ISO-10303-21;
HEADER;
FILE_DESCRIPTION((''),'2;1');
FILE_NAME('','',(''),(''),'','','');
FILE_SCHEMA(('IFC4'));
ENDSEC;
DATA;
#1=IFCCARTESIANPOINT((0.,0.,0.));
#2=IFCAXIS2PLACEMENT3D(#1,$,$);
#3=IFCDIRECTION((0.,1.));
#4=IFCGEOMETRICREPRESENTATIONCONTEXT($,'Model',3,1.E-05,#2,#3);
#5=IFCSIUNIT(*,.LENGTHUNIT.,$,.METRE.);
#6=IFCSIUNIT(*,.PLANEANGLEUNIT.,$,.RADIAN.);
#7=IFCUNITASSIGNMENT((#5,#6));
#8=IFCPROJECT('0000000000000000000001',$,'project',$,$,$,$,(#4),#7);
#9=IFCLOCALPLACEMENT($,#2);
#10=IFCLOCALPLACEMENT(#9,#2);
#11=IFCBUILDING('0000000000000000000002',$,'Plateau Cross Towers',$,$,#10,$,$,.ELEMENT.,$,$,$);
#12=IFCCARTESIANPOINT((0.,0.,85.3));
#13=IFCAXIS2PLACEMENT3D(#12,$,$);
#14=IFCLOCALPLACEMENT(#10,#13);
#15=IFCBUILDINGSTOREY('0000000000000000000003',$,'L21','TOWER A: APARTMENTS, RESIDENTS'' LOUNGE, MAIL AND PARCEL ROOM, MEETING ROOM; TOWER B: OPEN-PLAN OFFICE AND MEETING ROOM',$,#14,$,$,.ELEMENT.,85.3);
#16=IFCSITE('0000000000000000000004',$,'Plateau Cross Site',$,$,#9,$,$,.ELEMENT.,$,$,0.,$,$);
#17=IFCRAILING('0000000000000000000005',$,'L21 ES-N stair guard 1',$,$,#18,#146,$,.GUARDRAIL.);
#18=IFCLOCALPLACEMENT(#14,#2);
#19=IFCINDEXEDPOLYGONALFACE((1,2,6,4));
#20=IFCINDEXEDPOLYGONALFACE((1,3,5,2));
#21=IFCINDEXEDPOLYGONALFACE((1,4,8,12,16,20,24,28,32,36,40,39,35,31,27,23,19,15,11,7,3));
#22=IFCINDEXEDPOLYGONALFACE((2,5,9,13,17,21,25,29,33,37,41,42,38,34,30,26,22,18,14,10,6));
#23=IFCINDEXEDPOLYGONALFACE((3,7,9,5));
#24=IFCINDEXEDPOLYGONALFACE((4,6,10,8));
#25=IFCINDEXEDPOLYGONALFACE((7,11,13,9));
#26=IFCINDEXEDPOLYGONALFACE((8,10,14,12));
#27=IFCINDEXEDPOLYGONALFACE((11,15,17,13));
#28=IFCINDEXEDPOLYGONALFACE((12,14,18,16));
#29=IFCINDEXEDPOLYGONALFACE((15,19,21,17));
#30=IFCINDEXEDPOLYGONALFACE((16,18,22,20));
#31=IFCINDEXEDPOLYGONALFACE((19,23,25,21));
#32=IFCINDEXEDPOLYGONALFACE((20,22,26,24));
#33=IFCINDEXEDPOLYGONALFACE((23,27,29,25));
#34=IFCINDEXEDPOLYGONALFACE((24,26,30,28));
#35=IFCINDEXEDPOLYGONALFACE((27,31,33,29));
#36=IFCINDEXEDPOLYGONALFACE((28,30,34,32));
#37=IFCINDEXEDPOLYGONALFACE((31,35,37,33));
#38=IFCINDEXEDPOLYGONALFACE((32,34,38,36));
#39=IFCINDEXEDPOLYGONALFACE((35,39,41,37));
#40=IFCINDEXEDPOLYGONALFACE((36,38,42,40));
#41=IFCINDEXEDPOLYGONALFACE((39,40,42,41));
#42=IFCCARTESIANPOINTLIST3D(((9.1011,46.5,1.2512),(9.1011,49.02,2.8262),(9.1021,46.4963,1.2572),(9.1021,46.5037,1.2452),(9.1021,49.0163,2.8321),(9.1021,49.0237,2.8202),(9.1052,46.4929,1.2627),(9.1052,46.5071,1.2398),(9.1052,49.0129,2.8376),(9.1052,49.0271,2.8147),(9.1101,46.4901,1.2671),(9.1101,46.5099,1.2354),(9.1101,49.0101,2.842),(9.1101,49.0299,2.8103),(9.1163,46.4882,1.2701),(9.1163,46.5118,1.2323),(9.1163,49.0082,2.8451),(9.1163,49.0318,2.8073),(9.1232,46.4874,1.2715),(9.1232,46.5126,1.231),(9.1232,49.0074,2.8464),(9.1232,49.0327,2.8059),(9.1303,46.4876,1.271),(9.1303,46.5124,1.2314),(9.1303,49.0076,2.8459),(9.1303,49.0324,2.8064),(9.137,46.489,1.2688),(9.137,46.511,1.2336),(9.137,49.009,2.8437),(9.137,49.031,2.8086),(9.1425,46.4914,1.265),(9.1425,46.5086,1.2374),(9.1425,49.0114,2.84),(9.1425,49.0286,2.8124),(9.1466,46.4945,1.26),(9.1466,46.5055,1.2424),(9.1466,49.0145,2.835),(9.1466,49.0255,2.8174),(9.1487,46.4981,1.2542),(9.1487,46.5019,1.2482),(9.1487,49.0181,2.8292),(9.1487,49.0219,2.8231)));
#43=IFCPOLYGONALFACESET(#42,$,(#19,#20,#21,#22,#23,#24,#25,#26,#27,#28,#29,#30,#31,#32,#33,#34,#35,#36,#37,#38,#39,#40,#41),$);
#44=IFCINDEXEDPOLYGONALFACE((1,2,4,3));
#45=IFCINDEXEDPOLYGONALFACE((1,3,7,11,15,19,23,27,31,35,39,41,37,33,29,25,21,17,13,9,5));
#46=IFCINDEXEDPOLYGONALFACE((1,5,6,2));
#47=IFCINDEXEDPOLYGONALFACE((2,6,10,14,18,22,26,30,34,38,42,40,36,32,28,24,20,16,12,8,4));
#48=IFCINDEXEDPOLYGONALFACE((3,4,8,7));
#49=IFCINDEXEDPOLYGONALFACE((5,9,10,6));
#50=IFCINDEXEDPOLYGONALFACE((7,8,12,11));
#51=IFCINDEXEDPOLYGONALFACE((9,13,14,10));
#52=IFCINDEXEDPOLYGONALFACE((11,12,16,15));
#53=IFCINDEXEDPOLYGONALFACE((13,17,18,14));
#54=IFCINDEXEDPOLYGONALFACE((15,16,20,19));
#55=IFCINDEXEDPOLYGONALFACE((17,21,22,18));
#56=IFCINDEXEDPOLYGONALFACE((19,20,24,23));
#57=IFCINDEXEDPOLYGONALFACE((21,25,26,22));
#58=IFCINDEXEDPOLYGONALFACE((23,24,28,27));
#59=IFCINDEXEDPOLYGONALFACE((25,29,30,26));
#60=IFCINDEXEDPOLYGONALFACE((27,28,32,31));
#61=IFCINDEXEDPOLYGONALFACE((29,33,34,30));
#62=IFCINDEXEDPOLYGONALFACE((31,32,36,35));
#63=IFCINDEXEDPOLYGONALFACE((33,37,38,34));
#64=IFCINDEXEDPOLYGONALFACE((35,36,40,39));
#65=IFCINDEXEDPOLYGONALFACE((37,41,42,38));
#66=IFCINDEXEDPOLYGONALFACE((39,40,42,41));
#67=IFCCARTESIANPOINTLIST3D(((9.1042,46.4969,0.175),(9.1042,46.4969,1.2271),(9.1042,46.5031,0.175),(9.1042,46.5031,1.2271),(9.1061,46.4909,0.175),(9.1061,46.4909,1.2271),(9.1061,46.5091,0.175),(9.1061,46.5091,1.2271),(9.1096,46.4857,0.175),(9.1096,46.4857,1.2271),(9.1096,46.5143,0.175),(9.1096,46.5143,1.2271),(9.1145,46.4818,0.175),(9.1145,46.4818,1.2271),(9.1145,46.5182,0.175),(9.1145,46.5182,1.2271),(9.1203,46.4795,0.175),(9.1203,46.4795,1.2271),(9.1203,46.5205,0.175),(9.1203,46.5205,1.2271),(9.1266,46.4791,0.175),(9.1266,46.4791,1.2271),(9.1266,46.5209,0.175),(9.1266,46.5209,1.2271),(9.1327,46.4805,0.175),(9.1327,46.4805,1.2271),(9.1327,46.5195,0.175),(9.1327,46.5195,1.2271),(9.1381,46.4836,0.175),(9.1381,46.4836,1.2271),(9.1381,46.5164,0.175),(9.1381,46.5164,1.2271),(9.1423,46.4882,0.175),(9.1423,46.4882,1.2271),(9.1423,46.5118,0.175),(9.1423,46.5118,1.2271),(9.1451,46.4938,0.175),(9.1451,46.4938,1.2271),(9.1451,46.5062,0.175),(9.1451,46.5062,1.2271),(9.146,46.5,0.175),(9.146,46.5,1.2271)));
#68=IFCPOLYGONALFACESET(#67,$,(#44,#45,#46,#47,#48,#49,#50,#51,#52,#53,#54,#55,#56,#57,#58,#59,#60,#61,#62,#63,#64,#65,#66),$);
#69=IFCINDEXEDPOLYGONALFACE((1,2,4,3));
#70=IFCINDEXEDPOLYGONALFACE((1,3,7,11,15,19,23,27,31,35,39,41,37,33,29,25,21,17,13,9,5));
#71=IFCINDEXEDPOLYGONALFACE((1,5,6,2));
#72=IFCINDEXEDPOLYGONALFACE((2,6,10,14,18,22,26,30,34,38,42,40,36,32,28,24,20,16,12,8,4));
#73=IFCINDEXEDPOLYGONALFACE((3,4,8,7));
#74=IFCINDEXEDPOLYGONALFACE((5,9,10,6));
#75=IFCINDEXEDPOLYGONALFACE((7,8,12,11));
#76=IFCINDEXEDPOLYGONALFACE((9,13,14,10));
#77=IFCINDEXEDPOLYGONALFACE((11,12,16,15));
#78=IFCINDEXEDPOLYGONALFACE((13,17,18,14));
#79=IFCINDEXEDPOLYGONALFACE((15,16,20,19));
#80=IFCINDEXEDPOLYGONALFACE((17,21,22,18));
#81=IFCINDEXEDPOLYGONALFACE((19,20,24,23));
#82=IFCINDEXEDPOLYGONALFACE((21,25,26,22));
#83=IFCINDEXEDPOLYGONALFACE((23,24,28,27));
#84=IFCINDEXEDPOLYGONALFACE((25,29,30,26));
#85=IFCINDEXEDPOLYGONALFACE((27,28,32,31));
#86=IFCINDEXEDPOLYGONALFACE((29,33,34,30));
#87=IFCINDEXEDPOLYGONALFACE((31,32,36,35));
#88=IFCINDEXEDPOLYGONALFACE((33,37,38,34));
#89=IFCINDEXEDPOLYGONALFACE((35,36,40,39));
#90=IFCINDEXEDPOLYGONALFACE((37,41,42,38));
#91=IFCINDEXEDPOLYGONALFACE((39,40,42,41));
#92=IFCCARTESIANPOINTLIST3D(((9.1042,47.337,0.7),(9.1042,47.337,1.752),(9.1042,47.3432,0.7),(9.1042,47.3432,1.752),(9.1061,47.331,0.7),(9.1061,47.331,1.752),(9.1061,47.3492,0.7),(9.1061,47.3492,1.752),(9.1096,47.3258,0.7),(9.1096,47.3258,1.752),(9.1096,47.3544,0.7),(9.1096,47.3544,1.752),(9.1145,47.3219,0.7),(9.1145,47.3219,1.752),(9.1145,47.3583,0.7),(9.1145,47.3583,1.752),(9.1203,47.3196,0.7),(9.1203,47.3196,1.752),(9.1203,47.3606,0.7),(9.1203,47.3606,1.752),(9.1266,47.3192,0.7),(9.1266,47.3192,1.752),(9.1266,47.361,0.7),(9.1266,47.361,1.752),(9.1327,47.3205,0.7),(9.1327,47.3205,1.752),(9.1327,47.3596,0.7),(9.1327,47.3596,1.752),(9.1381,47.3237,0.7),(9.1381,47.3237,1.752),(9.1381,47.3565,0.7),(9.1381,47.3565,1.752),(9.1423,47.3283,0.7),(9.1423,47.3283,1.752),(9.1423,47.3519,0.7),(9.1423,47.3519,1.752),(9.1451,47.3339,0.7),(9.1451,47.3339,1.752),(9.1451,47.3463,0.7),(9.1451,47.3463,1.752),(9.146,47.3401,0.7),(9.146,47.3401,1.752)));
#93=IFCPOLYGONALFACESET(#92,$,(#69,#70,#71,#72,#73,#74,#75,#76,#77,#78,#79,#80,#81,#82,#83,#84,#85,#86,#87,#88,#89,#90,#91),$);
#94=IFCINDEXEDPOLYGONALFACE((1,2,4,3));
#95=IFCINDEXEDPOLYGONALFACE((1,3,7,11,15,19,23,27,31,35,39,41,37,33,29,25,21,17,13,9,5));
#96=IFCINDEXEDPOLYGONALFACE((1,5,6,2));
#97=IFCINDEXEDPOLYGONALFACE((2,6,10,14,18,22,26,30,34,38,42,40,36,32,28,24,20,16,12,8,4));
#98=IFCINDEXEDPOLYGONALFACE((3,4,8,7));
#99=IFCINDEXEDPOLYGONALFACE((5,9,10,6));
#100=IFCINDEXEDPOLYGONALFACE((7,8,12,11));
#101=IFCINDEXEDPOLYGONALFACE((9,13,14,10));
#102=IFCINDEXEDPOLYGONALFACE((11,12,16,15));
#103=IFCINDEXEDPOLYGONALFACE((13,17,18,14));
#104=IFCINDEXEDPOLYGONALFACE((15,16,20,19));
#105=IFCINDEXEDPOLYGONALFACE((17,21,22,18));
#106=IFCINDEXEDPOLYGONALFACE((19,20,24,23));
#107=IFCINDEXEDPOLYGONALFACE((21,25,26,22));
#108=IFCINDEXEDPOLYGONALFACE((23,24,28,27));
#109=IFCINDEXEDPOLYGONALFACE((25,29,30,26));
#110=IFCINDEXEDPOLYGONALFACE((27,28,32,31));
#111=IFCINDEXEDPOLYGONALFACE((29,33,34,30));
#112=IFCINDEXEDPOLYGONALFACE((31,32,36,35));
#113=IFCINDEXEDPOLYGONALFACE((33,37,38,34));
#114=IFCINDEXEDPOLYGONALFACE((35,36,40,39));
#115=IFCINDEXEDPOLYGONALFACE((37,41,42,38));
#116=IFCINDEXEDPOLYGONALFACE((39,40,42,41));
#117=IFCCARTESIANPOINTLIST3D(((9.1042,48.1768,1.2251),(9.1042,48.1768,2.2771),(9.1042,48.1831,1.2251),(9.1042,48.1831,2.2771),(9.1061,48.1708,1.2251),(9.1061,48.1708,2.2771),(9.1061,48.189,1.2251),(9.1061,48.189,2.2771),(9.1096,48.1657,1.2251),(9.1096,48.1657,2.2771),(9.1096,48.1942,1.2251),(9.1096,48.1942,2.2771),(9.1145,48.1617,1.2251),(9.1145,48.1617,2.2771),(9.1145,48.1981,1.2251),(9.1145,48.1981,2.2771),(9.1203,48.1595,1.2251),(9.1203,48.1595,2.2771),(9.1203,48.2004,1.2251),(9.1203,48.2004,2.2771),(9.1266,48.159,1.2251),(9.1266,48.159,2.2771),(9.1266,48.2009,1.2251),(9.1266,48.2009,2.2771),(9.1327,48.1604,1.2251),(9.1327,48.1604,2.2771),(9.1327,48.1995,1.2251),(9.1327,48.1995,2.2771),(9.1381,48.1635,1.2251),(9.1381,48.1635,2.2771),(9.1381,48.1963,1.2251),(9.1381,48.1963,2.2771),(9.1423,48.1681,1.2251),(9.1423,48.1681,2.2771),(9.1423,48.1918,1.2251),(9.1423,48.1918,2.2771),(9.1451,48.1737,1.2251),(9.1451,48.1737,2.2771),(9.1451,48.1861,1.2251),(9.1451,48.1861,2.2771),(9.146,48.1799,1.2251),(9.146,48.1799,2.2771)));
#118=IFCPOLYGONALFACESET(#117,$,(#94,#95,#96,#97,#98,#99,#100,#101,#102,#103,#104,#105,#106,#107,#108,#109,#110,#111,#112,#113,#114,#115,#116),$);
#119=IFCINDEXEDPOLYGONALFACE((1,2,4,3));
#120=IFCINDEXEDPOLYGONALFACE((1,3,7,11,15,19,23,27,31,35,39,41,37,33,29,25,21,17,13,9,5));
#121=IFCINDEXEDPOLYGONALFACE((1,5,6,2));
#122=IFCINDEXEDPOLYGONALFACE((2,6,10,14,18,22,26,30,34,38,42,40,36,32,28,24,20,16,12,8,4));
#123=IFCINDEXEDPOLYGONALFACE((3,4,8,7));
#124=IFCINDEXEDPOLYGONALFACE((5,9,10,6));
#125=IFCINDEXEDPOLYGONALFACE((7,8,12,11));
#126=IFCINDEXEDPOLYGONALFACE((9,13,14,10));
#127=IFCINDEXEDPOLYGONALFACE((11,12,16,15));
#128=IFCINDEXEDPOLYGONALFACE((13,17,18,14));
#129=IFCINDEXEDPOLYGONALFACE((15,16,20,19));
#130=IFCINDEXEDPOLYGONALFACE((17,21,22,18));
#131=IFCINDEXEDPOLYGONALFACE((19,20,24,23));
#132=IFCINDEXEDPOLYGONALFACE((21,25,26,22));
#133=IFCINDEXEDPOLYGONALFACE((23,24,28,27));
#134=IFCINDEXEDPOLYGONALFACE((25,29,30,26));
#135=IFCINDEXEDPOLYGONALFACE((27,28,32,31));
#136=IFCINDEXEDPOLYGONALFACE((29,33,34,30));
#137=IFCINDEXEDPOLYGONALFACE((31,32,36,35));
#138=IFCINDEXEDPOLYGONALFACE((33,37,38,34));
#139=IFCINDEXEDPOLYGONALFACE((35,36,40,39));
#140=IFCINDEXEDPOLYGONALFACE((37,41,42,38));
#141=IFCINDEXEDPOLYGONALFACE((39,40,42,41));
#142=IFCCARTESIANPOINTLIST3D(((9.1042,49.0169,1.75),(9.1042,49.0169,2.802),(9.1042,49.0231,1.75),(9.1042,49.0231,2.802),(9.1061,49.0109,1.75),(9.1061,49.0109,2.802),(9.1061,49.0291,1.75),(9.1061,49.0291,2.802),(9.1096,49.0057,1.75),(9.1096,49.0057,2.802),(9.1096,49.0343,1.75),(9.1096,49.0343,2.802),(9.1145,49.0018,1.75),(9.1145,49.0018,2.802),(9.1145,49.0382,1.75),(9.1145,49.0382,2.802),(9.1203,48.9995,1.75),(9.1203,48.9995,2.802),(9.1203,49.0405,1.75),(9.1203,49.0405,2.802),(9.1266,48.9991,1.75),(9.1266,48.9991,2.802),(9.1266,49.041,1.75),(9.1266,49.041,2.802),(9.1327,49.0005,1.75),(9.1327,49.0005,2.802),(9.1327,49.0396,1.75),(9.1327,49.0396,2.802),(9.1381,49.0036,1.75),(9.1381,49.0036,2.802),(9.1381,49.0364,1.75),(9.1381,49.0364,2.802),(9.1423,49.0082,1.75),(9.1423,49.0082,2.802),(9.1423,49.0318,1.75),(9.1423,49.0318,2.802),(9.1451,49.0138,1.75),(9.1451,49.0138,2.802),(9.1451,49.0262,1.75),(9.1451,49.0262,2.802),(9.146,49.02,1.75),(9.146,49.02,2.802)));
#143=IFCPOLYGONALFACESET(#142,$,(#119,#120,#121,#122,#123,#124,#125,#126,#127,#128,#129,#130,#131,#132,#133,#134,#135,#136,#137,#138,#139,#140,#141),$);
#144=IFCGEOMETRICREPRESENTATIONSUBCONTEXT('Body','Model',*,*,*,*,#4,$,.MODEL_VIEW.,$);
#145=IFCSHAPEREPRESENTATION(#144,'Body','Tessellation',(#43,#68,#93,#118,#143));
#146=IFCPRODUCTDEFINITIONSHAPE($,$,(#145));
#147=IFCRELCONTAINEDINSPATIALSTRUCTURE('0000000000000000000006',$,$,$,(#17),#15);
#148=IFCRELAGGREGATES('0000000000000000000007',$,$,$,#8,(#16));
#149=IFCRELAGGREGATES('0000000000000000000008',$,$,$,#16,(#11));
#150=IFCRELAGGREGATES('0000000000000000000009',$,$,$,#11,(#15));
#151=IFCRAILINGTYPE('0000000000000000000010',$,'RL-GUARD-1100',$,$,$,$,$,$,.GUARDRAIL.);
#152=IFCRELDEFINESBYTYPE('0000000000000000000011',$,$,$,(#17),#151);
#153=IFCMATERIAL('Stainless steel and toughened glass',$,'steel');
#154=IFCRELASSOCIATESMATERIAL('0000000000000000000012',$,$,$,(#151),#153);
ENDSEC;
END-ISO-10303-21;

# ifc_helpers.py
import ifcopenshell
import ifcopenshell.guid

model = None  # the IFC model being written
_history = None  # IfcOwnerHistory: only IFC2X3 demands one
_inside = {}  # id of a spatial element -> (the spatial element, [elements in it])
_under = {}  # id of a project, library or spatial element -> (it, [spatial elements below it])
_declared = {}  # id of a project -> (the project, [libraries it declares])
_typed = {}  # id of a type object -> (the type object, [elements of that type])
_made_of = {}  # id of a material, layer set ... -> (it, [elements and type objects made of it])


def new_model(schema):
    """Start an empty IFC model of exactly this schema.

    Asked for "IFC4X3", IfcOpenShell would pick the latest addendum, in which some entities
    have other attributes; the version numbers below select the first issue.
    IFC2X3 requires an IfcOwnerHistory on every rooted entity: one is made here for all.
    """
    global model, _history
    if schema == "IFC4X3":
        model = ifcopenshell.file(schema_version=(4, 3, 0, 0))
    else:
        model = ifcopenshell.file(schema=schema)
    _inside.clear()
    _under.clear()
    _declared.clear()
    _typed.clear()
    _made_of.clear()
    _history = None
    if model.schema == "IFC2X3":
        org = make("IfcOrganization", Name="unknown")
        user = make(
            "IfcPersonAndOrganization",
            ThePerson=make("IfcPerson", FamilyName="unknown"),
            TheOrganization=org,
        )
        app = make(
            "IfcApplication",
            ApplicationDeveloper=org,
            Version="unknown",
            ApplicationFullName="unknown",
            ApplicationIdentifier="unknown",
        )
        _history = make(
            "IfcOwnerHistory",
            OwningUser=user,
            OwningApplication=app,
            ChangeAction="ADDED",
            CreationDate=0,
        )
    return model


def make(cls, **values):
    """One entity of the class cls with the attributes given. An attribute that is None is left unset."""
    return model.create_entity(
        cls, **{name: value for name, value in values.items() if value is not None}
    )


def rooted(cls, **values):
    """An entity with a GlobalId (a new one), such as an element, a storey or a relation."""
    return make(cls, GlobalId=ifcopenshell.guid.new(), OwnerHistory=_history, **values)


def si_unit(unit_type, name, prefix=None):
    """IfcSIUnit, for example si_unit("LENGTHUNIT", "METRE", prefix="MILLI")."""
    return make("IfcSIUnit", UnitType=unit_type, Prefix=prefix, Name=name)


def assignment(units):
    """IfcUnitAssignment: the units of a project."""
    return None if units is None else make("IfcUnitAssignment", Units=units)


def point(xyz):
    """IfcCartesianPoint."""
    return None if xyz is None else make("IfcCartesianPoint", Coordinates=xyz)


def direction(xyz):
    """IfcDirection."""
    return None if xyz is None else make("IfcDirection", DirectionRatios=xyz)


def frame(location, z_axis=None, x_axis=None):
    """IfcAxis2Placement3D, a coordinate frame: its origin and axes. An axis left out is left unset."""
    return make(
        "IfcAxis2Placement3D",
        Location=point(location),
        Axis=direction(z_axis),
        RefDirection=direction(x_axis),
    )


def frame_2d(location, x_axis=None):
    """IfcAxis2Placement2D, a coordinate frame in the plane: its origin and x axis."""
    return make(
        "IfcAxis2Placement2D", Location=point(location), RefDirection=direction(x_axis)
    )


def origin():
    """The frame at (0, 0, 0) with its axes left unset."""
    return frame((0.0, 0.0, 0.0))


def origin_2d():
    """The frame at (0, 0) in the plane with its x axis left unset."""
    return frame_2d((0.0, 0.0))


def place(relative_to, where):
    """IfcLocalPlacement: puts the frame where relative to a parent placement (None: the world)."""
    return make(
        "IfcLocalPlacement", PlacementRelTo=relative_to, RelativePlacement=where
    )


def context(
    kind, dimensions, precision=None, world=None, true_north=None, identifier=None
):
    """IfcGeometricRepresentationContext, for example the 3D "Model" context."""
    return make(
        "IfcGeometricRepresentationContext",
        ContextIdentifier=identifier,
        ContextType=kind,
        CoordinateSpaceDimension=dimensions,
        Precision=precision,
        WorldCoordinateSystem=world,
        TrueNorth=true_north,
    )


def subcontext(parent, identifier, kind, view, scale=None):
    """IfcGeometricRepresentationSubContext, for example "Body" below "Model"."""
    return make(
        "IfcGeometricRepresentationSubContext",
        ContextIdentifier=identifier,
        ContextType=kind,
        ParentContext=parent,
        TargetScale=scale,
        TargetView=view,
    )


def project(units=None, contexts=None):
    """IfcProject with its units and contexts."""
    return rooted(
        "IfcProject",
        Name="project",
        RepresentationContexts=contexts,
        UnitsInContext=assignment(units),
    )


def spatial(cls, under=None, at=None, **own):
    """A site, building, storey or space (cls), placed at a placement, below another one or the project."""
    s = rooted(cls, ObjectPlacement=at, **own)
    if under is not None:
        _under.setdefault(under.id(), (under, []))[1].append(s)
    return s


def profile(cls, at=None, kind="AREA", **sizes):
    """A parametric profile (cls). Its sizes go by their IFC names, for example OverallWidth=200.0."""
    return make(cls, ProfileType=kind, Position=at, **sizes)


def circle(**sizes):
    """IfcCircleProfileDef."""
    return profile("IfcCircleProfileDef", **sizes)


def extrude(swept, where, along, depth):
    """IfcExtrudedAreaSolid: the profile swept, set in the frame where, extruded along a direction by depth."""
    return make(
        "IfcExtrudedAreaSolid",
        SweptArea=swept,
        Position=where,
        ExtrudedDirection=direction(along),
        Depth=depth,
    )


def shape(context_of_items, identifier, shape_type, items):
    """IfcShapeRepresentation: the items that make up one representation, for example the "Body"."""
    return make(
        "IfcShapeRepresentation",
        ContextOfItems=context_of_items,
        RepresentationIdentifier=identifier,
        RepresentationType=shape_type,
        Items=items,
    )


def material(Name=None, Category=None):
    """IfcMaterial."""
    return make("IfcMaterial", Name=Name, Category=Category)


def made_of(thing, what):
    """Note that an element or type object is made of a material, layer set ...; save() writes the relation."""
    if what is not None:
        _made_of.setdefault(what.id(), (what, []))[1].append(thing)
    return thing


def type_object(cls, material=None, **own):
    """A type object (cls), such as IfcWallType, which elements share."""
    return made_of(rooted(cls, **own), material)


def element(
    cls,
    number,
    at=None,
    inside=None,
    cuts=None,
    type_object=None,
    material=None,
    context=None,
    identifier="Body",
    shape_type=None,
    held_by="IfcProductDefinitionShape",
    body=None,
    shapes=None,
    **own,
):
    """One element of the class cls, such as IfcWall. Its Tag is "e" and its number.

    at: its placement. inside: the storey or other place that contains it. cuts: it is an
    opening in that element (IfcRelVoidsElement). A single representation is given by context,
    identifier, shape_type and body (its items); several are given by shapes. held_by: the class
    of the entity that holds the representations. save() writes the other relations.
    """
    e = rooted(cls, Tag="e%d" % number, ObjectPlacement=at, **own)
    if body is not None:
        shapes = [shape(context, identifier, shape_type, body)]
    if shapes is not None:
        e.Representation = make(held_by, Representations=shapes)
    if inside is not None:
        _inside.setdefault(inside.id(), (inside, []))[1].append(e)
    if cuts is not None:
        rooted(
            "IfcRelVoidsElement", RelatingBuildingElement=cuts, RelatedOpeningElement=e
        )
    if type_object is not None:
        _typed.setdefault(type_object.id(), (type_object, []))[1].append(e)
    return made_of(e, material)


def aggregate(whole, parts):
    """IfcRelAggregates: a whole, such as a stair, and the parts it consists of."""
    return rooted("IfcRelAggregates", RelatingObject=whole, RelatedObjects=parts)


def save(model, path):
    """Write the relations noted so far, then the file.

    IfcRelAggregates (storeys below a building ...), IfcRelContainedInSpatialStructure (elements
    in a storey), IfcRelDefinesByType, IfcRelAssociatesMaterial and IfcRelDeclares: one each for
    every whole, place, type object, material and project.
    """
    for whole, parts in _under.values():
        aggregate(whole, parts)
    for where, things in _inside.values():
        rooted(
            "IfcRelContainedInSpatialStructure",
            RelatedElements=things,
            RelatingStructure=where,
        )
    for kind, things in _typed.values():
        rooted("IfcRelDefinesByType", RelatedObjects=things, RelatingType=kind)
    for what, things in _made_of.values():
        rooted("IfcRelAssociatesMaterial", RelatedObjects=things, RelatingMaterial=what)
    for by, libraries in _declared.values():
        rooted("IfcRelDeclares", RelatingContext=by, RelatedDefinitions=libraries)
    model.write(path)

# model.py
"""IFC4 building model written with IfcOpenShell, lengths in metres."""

from ifc_helpers import new_model, si_unit, direction, frame, origin, origin_2d, place, context, subcontext, project, spatial, circle, extrude, material, type_object, element, save


model = new_model("IFC4")

# Units and contexts
model_context = context("Model", 3, precision=1e-05, world=origin(), true_north=direction((0.0, 1.0)))
body_context = subcontext(model_context, "Body", "Model", "MODEL_VIEW")
ifc_project = project(units=[si_unit("LENGTHUNIT", "METRE"), si_unit("PLANEANGLEUNIT", "RADIAN")], contexts=[model_context])

# Site, building, storey
site_placement = place(None, origin())
site = spatial("IfcSite", under=ifc_project, at=site_placement, Name="Plateau Cross Site", CompositionType="ELEMENT", RefElevation=0.0)
building_placement = place(site_placement, origin())
building = spatial("IfcBuilding", under=site, at=building_placement, Name="Plateau Cross Towers", CompositionType="ELEMENT")
storey_placement = place(building_placement, frame((0.0, 0.0, 85.3)))
storey = spatial("IfcBuildingStorey", under=building, at=storey_placement, Name="L21", Description="TOWER A: APARTMENTS, RESIDENTS' LOUNGE, MAIL AND PARCEL ROOM, MEETING ROOM; TOWER B: OPEN-PLAN OFFICE AND MEETING ROOM", CompositionType="ELEMENT", Elevation=85.3)

# Railing
ifc_material_1 = material(Name="Stainless steel and toughened glass", Category="steel")
railing_type_1 = type_object("IfcRailingType", Name="RL-GUARD-1100", PredefinedType="GUARDRAIL", material=ifc_material_1)
railing_1_placement = place(storey_placement, frame((9.125, 46.5, 0.175)))
element("IfcRailing", 1, at=railing_1_placement, inside=storey, type_object=railing_type_1, Name="L21 ES-N stair guard 1", PredefinedType="GUARDRAIL", context=body_context, shape_type="SweptSolid", body=[
    extrude(circle(Radius=0.0239, at=origin_2d()), frame((0.0, 0.0, 1.0762), z_axis=(0.0, 0.848008, 0.529984), x_axis=(-1.0, 0.0, 0.0)), (0.0, 0.0, 1.0), 2.9717),
    extrude(circle(Radius=0.021, at=origin_2d()), origin(), (0.0, 0.0, 1.0), 1.052),
    extrude(circle(Radius=0.021, at=origin_2d()), frame((0.0, 0.8401, 0.5249)), (0.0, 0.0, 1.0), 1.052),
    extrude(circle(Radius=0.021, at=origin_2d()), frame((0.0, 1.6799, 1.05)), (0.0, 0.0, 1.0), 1.052),
    extrude(circle(Radius=0.021, at=origin_2d()), frame((0.0, 2.52, 1.575)), (0.0, 0.0, 1.0), 1.052),
])

save(model, "model.ifc")
